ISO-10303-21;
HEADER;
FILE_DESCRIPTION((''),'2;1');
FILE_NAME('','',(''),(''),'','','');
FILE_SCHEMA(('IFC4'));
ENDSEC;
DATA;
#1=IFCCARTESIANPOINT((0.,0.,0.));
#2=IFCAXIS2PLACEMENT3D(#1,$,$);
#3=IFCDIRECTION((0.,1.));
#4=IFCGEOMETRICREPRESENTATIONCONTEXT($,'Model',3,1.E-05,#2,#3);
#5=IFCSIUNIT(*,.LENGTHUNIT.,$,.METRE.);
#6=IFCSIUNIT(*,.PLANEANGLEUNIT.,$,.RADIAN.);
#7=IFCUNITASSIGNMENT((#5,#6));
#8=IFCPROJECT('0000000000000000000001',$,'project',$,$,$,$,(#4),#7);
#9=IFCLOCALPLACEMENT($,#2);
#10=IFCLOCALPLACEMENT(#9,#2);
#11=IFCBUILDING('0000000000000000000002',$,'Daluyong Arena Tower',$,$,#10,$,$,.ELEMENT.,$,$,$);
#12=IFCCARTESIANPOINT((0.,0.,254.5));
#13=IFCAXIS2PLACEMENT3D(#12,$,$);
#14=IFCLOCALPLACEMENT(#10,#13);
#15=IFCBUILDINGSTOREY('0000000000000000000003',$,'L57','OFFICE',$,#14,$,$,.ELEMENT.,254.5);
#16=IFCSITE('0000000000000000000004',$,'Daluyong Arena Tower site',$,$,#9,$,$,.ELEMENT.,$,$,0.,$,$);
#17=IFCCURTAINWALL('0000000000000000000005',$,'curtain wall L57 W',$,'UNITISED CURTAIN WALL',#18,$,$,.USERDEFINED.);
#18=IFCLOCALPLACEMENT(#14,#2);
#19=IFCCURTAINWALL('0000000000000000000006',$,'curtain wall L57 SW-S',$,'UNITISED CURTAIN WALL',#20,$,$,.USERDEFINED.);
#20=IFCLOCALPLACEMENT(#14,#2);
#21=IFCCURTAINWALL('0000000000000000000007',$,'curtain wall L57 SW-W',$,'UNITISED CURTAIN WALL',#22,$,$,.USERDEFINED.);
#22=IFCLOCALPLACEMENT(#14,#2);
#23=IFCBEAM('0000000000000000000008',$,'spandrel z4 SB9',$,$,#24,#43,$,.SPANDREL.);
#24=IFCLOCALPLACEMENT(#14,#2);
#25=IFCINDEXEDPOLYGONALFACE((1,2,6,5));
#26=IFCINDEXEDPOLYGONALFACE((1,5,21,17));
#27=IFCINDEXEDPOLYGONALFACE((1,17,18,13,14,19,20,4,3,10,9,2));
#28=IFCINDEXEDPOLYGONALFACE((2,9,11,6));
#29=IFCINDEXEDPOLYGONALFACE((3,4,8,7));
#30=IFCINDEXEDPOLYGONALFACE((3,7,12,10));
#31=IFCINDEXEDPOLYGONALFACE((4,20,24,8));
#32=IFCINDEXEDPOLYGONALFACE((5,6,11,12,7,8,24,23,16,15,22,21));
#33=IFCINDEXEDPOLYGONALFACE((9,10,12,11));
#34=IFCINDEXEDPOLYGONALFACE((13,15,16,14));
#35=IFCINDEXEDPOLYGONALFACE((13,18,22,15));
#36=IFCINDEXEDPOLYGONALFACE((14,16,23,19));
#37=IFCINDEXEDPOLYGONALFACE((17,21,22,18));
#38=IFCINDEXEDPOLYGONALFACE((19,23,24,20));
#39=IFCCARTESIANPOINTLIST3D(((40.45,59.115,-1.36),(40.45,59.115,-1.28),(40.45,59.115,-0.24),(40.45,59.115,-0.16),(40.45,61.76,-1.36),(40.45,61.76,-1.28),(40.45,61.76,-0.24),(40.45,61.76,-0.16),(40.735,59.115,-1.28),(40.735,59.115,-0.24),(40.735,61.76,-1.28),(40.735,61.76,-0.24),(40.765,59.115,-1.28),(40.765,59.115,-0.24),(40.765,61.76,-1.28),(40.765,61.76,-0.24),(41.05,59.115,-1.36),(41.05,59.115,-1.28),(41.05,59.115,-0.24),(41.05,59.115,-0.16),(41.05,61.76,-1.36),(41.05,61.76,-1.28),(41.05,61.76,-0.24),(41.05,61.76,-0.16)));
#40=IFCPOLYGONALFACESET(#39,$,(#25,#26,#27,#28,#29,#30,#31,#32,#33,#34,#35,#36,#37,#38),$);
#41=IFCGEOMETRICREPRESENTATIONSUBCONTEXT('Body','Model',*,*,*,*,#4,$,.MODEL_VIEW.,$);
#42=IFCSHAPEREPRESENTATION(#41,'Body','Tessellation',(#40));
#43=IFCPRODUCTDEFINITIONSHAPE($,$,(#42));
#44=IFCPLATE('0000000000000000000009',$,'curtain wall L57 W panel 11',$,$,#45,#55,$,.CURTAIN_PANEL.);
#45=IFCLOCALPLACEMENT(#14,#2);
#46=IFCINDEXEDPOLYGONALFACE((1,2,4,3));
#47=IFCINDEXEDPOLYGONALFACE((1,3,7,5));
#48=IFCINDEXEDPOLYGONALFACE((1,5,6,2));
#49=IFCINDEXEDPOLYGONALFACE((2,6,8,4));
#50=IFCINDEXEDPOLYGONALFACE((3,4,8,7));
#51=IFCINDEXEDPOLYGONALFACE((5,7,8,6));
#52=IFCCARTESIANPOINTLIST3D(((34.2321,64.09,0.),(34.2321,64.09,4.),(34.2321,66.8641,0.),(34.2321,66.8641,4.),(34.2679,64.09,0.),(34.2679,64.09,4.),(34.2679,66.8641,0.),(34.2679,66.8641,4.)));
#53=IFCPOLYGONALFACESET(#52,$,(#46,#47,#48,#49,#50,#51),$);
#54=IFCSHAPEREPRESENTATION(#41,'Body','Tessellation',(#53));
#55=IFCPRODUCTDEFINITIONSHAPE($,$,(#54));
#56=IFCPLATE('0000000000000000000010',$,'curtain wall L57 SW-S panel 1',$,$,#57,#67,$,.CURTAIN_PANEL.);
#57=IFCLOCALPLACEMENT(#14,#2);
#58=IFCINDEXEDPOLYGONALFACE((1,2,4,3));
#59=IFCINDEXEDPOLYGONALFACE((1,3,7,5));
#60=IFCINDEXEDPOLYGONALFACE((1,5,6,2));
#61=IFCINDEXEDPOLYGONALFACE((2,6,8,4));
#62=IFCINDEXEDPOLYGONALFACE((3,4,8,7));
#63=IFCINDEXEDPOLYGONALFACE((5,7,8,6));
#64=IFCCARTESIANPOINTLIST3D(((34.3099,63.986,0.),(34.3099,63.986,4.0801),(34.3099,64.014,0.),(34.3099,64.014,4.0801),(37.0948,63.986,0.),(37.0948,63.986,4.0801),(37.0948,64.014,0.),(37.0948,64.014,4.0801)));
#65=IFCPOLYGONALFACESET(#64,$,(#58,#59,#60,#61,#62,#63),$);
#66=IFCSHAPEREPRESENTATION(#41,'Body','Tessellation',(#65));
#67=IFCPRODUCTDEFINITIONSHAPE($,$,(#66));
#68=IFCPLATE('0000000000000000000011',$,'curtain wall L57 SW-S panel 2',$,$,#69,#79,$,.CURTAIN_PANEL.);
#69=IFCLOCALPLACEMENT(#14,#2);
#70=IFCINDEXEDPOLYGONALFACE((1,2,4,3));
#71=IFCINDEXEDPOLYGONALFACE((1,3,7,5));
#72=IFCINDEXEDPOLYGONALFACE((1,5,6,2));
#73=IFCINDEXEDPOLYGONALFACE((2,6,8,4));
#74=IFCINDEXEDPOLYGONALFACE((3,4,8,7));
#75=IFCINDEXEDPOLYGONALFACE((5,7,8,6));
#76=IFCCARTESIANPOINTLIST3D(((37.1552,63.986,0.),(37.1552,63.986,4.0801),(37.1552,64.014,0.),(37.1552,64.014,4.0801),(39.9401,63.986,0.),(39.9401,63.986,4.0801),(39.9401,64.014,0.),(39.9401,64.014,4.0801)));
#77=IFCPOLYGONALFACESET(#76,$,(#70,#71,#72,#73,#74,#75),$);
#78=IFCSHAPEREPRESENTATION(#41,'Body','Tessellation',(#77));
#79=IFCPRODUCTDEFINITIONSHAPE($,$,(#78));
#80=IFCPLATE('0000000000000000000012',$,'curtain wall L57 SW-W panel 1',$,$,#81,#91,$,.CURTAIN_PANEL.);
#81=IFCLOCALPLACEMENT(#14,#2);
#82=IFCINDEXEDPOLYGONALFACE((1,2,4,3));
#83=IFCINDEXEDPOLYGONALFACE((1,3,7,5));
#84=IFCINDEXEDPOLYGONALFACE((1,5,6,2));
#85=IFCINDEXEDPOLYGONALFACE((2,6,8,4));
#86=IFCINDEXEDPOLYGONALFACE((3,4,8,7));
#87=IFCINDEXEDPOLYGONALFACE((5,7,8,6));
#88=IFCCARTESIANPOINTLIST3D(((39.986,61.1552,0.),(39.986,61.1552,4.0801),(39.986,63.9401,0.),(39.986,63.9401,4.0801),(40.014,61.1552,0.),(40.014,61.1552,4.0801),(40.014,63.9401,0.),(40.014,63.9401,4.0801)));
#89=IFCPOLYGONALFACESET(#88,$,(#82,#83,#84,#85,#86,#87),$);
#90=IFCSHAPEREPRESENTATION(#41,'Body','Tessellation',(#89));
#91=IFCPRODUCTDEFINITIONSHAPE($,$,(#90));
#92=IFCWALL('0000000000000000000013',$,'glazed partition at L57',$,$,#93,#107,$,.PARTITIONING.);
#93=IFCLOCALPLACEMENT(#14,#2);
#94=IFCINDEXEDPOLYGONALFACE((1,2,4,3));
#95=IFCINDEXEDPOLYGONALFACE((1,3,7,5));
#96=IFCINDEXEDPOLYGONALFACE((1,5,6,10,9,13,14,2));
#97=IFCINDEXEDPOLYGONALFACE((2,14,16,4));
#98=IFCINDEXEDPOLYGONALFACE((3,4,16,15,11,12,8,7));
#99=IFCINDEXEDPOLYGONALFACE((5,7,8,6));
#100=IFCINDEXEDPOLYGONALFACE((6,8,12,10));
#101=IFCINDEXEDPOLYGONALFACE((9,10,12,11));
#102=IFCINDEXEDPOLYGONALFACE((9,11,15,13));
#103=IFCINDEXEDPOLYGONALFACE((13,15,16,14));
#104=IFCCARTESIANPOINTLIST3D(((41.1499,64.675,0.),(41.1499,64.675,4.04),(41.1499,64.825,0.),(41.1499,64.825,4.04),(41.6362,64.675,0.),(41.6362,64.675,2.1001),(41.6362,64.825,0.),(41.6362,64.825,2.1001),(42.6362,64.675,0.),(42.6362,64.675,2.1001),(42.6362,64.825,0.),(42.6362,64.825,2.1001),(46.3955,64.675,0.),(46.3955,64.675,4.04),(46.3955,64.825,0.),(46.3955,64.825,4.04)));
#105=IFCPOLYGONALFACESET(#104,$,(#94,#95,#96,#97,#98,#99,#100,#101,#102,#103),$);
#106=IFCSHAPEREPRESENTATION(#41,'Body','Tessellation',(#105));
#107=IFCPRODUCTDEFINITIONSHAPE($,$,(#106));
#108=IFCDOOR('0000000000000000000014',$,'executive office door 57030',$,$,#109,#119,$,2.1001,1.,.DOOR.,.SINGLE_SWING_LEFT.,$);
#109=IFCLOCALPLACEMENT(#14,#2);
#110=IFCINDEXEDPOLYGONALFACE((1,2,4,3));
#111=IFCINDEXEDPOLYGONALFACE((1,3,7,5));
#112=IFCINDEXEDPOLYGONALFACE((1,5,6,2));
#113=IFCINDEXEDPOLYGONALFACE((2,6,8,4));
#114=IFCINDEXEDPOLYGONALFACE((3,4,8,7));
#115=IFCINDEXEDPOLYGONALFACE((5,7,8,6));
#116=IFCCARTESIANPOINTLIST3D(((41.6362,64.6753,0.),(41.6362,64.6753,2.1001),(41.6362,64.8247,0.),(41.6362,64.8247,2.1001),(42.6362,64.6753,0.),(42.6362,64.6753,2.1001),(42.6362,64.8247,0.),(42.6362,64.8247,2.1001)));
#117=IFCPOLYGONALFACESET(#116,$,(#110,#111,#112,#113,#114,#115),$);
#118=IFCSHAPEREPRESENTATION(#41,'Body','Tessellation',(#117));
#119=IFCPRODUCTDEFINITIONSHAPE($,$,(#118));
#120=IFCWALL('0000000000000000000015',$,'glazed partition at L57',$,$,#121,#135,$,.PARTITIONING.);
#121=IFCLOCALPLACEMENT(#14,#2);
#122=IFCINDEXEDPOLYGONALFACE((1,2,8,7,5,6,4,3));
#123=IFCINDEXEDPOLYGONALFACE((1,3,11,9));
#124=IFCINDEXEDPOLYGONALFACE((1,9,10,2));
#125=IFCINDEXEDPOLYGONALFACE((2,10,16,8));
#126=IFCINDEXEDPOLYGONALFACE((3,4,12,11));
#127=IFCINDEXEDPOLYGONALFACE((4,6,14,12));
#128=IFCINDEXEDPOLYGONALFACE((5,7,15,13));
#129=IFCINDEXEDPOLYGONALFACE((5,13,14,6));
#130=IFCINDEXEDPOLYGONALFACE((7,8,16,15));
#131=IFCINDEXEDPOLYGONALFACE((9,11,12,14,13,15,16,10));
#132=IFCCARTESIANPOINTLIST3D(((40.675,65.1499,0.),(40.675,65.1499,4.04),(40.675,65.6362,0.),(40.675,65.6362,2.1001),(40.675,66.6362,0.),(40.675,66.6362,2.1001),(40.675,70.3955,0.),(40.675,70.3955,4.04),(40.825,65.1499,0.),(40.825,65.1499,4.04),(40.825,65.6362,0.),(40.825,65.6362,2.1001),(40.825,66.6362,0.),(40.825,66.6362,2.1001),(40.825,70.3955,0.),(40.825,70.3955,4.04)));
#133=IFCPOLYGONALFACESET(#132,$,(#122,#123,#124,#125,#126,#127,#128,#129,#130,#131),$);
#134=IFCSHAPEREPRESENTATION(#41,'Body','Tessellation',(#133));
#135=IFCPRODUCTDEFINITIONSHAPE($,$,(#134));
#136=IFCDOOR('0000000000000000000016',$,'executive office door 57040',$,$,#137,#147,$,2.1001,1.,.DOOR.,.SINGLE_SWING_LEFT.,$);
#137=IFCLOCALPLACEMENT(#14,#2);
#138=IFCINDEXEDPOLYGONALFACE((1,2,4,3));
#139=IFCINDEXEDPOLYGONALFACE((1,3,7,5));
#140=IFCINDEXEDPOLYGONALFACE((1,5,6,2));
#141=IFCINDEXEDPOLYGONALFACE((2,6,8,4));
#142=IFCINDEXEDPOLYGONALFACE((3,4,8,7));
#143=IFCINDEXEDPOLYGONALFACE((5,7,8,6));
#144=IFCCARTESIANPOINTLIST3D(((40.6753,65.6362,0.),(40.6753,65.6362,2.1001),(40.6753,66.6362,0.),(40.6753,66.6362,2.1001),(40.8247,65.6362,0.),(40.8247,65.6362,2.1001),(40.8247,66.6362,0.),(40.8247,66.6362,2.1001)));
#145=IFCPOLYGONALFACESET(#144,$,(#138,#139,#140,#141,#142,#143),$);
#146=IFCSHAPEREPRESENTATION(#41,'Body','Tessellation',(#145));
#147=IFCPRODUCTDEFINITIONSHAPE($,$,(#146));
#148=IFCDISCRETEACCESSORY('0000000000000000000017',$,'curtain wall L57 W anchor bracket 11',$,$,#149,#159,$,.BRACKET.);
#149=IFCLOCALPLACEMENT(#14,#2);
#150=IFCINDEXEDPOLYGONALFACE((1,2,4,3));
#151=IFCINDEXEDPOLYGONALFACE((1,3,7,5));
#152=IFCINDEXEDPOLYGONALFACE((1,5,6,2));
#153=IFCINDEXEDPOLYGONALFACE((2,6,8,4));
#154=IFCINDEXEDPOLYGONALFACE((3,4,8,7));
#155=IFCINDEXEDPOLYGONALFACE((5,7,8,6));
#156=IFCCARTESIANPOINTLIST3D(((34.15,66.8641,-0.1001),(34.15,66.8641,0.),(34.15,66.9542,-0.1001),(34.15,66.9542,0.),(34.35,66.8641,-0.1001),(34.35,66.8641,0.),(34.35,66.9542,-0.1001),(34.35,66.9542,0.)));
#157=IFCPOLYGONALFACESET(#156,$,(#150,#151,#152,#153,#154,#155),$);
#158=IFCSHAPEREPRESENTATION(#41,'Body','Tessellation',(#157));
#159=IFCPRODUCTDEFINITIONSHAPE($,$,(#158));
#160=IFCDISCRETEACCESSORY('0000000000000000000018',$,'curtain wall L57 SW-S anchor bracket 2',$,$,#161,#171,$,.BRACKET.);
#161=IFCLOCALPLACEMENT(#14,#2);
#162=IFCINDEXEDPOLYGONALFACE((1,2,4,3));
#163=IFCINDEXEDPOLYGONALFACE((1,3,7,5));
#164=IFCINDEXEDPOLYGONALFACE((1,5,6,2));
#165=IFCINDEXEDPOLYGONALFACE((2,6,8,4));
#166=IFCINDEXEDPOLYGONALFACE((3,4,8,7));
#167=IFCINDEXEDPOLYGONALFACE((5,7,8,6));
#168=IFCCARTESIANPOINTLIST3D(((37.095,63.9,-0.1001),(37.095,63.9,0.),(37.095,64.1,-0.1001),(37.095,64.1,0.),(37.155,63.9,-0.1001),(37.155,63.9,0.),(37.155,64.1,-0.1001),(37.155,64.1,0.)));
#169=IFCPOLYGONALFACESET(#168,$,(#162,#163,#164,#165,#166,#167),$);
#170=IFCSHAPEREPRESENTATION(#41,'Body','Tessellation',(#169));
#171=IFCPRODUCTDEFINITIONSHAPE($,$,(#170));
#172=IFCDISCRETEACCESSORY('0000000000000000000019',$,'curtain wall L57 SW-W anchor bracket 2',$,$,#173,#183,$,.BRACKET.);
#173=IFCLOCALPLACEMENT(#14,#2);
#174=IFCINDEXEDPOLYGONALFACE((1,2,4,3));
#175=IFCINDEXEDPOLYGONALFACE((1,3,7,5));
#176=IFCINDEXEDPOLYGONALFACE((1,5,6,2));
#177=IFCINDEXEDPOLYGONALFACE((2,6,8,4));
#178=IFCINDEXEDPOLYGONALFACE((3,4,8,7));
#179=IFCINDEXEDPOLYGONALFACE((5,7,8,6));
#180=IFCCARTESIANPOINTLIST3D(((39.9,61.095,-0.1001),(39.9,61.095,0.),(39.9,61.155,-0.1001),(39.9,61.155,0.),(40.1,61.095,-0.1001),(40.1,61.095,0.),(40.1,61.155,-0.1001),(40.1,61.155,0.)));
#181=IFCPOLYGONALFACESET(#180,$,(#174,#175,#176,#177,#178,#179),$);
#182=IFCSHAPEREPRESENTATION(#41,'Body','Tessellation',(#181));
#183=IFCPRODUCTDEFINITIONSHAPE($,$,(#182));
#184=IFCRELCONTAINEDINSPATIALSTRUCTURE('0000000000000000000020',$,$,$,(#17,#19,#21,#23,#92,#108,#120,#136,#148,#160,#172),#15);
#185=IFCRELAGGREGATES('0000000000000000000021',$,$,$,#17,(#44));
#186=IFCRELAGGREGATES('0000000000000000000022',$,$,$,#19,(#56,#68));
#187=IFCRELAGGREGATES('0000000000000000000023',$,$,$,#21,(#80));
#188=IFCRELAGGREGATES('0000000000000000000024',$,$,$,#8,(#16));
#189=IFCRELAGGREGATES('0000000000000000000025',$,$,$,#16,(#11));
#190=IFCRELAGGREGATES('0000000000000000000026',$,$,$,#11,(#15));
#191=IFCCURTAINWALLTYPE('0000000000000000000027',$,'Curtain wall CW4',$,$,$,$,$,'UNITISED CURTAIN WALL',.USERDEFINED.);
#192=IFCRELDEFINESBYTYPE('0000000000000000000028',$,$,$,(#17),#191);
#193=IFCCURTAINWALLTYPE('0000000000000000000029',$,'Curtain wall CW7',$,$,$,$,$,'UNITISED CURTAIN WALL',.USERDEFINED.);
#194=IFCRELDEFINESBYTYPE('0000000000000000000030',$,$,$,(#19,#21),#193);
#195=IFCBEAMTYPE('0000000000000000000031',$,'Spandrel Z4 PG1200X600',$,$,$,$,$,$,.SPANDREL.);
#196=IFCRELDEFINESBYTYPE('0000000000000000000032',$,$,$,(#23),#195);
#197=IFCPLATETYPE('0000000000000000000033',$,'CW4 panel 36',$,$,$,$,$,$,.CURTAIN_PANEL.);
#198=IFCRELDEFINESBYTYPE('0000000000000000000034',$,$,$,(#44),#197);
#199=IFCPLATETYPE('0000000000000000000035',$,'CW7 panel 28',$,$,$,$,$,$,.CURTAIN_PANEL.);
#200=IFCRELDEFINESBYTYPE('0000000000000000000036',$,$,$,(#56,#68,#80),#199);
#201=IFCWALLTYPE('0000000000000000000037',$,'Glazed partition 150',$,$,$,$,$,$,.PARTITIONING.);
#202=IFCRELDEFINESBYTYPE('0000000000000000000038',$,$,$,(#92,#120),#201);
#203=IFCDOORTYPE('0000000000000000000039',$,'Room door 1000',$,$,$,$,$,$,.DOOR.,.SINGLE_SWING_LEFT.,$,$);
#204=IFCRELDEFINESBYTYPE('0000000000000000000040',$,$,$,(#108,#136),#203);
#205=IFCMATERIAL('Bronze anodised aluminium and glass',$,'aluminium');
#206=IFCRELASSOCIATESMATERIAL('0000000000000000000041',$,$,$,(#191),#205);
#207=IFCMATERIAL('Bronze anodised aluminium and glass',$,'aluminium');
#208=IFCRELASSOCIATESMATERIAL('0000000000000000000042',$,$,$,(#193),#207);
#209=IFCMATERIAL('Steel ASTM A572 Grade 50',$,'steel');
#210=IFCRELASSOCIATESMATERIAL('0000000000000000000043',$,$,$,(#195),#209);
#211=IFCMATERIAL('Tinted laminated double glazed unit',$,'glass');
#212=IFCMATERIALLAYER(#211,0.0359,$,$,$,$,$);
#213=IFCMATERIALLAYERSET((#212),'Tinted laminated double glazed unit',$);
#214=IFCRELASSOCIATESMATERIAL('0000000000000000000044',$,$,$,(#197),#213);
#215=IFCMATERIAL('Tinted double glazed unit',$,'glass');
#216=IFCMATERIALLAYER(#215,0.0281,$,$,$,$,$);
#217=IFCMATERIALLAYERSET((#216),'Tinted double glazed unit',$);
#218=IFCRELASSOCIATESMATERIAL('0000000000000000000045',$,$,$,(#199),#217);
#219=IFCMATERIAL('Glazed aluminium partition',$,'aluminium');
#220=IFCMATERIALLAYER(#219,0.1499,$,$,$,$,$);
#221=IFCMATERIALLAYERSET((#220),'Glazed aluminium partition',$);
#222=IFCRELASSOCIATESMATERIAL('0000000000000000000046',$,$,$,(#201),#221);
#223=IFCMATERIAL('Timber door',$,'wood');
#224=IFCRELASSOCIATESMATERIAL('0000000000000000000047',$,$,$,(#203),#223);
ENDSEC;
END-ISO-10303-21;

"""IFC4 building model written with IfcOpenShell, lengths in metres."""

from ifc_helpers import new_model, si_unit, direction, frame, frame_2d, origin, origin_2d, place, context, subcontext, project, spatial, rectangle, i_section, extrude, material, layer, layer_set, material_profile, profile_set, type_object, element, fill, aggregate, save


model = new_model("IFC4")

# Units and contexts
model_context = context("Model", 3, precision=1e-05, world=origin(), true_north=direction((0.0, 1.0)))
body_context = subcontext(model_context, "Body", "Model", "MODEL_VIEW")
ifc_project = project(units=[si_unit("LENGTHUNIT", "METRE"), si_unit("PLANEANGLEUNIT", "RADIAN")], contexts=[model_context])

# Site, building, storey
site_placement = place(None, origin())
site = spatial("IfcSite", under=ifc_project, at=site_placement, Name="Daluyong Arena Tower site", CompositionType="ELEMENT", RefElevation=0.0)
building_placement = place(site_placement, origin())
building = spatial("IfcBuilding", under=site, at=building_placement, Name="Daluyong Arena Tower", CompositionType="ELEMENT")
storey_placement = place(building_placement, frame((0.0, 0.0, 254.5)))
storey = spatial("IfcBuildingStorey", under=building, at=storey_placement, Name="L57", Description="OFFICE", CompositionType="ELEMENT", Elevation=254.5)

# Curtain walls
ifc_material_1 = material(Name="Bronze anodised aluminium and glass", Category="aluminium")
curtain_wall_type_1 = type_object("IfcCurtainWallType", Name="Curtain wall CW4", ElementType="UNITISED CURTAIN WALL", PredefinedType="USERDEFINED", material=ifc_material_1)
curtain_wall_1_placement = place(storey_placement, origin())
curtain_wall_1 = element("IfcCurtainWall", 1, at=curtain_wall_1_placement, inside=storey, type_object=curtain_wall_type_1, Name="curtain wall L57 W", ObjectType="UNITISED CURTAIN WALL", PredefinedType="USERDEFINED")
ifc_material_2 = material(Name="Bronze anodised aluminium and glass", Category="aluminium")
curtain_wall_type_2 = type_object("IfcCurtainWallType", Name="Curtain wall CW7", ElementType="UNITISED CURTAIN WALL", PredefinedType="USERDEFINED", material=ifc_material_2)
curtain_wall_2_placement = place(storey_placement, origin())
curtain_wall_2 = element("IfcCurtainWall", 2, at=curtain_wall_2_placement, inside=storey, type_object=curtain_wall_type_2, Name="curtain wall L57 SW-S", ObjectType="UNITISED CURTAIN WALL", PredefinedType="USERDEFINED")
curtain_wall_3_placement = place(storey_placement, origin())
curtain_wall_3 = element("IfcCurtainWall", 3, at=curtain_wall_3_placement, inside=storey, type_object=curtain_wall_type_2, Name="curtain wall L57 SW-W", ObjectType="UNITISED CURTAIN WALL", PredefinedType="USERDEFINED")

# Beam
ifc_material_3 = material(Name="Steel ASTM A572 Grade 50", Category="steel")
ifc_material_profile_1 = material_profile(ifc_material_3, i_section(OverallWidth=0.6001, OverallDepth=1.2, WebThickness=0.03, FlangeThickness=0.08, at=origin_2d()))
ifc_profile_set_1 = profile_set([ifc_material_profile_1], Name="Steel ASTM A572 Grade 50")
beam_type_1 = type_object("IfcBeamType", Name="Spandrel Z4 PG1200X600", PredefinedType="SPANDREL", material=ifc_profile_set_1)
for number, where, z_axis, x_axis, name in (
    (4, (40.75, 61.76, -0.76), (0.0, -1.0, 0.0), (1.0, 0.0, 0.0), "spandrel z4 SB9"),
):
    element("IfcBeam", number, at=place(storey_placement, frame(where, z_axis=z_axis, x_axis=x_axis)), inside=storey, type_object=beam_type_1, Name=name, PredefinedType="SPANDREL", context=body_context, shape_type="SweptSolid", body=[
        extrude(i_section(OverallWidth=0.6001, OverallDepth=1.2, WebThickness=0.03, FlangeThickness=0.08, at=origin_2d()), origin(), (0.0, 0.0, 1.0), 2.645),
    ])

# Plates
ifc_material_4 = material(Name="Tinted laminated double glazed unit", Category="glass")
ifc_layer_1 = layer(ifc_material_4, 0.0359)
ifc_layer_set_1 = layer_set([ifc_layer_1], Name="Tinted laminated double glazed unit")
plate_type_1 = type_object("IfcPlateType", Name="CW4 panel 36", PredefinedType="CURTAIN_PANEL", material=ifc_layer_set_1)
plate_1_placement = place(storey_placement, frame((34.25, 65.4771, 0.0), z_axis=(0.0, 0.0, 1.0), x_axis=(0.0, -1.0, 0.0)))
plate_1 = element("IfcPlate", 5, at=plate_1_placement, type_object=plate_type_1, Name="curtain wall L57 W panel 11", PredefinedType="CURTAIN_PANEL", context=body_context, shape_type="SweptSolid", body=[
    extrude(rectangle(XDim=2.7742, YDim=0.0359, at=origin_2d()), origin(), (0.0, 0.0, 1.0), 4.0),
])
aggregate(curtain_wall_1, [plate_1])
ifc_material_5 = material(Name="Tinted double glazed unit", Category="glass")
ifc_layer_2 = layer(ifc_material_5, 0.0281)
ifc_layer_set_2 = layer_set([ifc_layer_2], Name="Tinted double glazed unit")
plate_type_2 = type_object("IfcPlateType", Name="CW7 panel 28", PredefinedType="CURTAIN_PANEL", material=ifc_layer_set_2)
plate_2_placement = place(storey_placement, frame((35.7024, 64.0, 0.0), z_axis=(0.0, 0.0, 1.0), x_axis=(1.0, 0.0, 0.0)))
plate_2 = element("IfcPlate", 6, at=plate_2_placement, type_object=plate_type_2, Name="curtain wall L57 SW-S panel 1", PredefinedType="CURTAIN_PANEL", context=body_context, shape_type="SweptSolid", body=[
    extrude(rectangle(XDim=2.7849, YDim=0.0281, at=origin_2d()), origin(), (0.0, 0.0, 1.0), 4.0801),
])
plate_3_placement = place(storey_placement, frame((38.5476, 64.0, 0.0), z_axis=(0.0, 0.0, 1.0), x_axis=(1.0, 0.0, 0.0)))
plate_3 = element("IfcPlate", 7, at=plate_3_placement, type_object=plate_type_2, Name="curtain wall L57 SW-S panel 2", PredefinedType="CURTAIN_PANEL", context=body_context, shape_type="SweptSolid", body=[
    extrude(rectangle(XDim=2.7849, YDim=0.0281, at=origin_2d()), origin(), (0.0, 0.0, 1.0), 4.0801),
])
aggregate(curtain_wall_2, [plate_2, plate_3])
plate_4_placement = place(storey_placement, frame((40.0, 62.5476, 0.0), z_axis=(0.0, 0.0, 1.0), x_axis=(0.0, -1.0, 0.0)))
plate_4 = element("IfcPlate", 8, at=plate_4_placement, type_object=plate_type_2, Name="curtain wall L57 SW-W panel 1", PredefinedType="CURTAIN_PANEL", context=body_context, shape_type="SweptSolid", body=[
    extrude(rectangle(XDim=2.7849, YDim=0.0281, at=origin_2d()), origin(), (0.0, 0.0, 1.0), 4.0801),
])
aggregate(curtain_wall_3, [plate_4])

# Walls, openings, doors
ifc_material_6 = material(Name="Glazed aluminium partition", Category="aluminium")
ifc_layer_3 = layer(ifc_material_6, 0.1499)
ifc_layer_set_3 = layer_set([ifc_layer_3], Name="Glazed aluminium partition")
wall_type = type_object("IfcWallType", Name="Glazed partition 150", PredefinedType="PARTITIONING", material=ifc_layer_set_3)
wall_1_placement = place(storey_placement, frame((41.1499, 64.75, 0.0), z_axis=(0.0, 0.0, 1.0), x_axis=(1.0, 0.0, 0.0)))
wall_1 = element("IfcWall", 9, at=wall_1_placement, inside=storey, type_object=wall_type, Name="glazed partition at L57", PredefinedType="PARTITIONING", context=body_context, shape_type="SweptSolid", body=[
    extrude(rectangle(XDim=5.2456, YDim=0.1499, at=frame_2d((2.6228, 0.0))), origin(), (0.0, 0.0, 1.0), 4.04),
])
opening_1_placement = place(wall_1_placement, frame((0.4863, 0.0, 0.0)))
opening_1 = element("IfcOpeningElement", 10, at=opening_1_placement, cuts=wall_1, PredefinedType="OPENING", context=body_context, shape_type="SweptSolid", body=[
    extrude(rectangle(XDim=1.0, YDim=2.1001, at=frame_2d((0.5, 1.05))), frame((0.0, 0.085, 0.0), z_axis=(0.0, -1.0, 0.0), x_axis=(1.0, 0.0, 0.0)), (0.0, 0.0, 1.0), 0.1699),
])
ifc_material_7 = material(Name="Timber door", Category="wood")
door_type = type_object("IfcDoorType", Name="Room door 1000", OperationType="SINGLE_SWING_LEFT", PredefinedType="DOOR", material=ifc_material_7)
door_1_placement = place(opening_1_placement, origin())
door_1 = element("IfcDoor", 11, at=door_1_placement, inside=storey, type_object=door_type, Name="executive office door 57030", OperationType="SINGLE_SWING_LEFT", OverallHeight=2.1001, OverallWidth=1.0, PredefinedType="DOOR", context=body_context, shape_type="SweptSolid", body=[
    extrude(rectangle(XDim=1.0, YDim=2.1001, at=frame_2d((0.5, 1.05))), frame((0.0, 0.0747, 0.0), z_axis=(0.0, -1.0, 0.0), x_axis=(1.0, 0.0, 0.0)), (0.0, 0.0, 1.0), 0.1494),
])
fill(opening_1, door_1)
wall_2_placement = place(storey_placement, frame((40.75, 65.1499, 0.0), z_axis=(0.0, 0.0, 1.0), x_axis=(0.0, 1.0, 0.0)))
wall_2 = element("IfcWall", 12, at=wall_2_placement, inside=storey, type_object=wall_type, Name="glazed partition at L57", PredefinedType="PARTITIONING", context=body_context, shape_type="SweptSolid", body=[
    extrude(rectangle(XDim=5.2456, YDim=0.1499, at=frame_2d((2.6228, 0.0))), origin(), (0.0, 0.0, 1.0), 4.04),
])
opening_2_placement = place(wall_2_placement, frame((0.4863, 0.0, 0.0)))
opening_2 = element("IfcOpeningElement", 13, at=opening_2_placement, cuts=wall_2, PredefinedType="OPENING", context=body_context, shape_type="SweptSolid", body=[
    extrude(rectangle(XDim=1.0, YDim=2.1001, at=frame_2d((0.5, 1.05))), frame((0.0, 0.085, 0.0), z_axis=(0.0, -1.0, 0.0), x_axis=(1.0, 0.0, 0.0)), (0.0, 0.0, 1.0), 0.1699),
])
door_2_placement = place(opening_2_placement, origin())
door_2 = element("IfcDoor", 14, at=door_2_placement, inside=storey, type_object=door_type, Name="executive office door 57040", OperationType="SINGLE_SWING_LEFT", OverallHeight=2.1001, OverallWidth=1.0, PredefinedType="DOOR", context=body_context, shape_type="SweptSolid", body=[
    extrude(rectangle(XDim=1.0, YDim=2.1001, at=frame_2d((0.5, 1.05))), frame((0.0, 0.0747, 0.0), z_axis=(0.0, -1.0, 0.0), x_axis=(1.0, 0.0, 0.0)), (0.0, 0.0, 1.0), 0.1494),
])
fill(opening_2, door_2)

# Discrete accessories
discrete_accessory_placement = place(storey_placement, frame((34.25, 66.9092, -0.1001), z_axis=(0.0, 0.0, 1.0), x_axis=(0.0, -1.0, 0.0)))
element("IfcDiscreteAccessory", 15, at=discrete_accessory_placement, inside=storey, Name="curtain wall L57 W anchor bracket 11", PredefinedType="BRACKET", context=body_context, shape_type="SweptSolid", body=[
    extrude(rectangle(XDim=0.0901, YDim=0.2, at=origin_2d()), origin(), (0.0, 0.0, 1.0), 0.1001),
])
for number, where, z_axis, x_axis, name in (
    (16, (37.125, 64.0, -0.1001), (0.0, 0.0, 1.0), (1.0, 0.0, 0.0), "curtain wall L57 SW-S anchor bracket 2"),
    (17, (40.0, 61.125, -0.1001), (0.0, 0.0, 1.0), (0.0, -1.0, 0.0), "curtain wall L57 SW-W anchor bracket 2"),
):
    element("IfcDiscreteAccessory", number, at=place(storey_placement, frame(where, z_axis=z_axis, x_axis=x_axis)), inside=storey, Name=name, PredefinedType="BRACKET", context=body_context, shape_type="SweptSolid", body=[
        extrude(rectangle(XDim=0.0601, YDim=0.2, at=origin_2d()), origin(), (0.0, 0.0, 1.0), 0.1001),
    ])

save(model, "model.ifc")
